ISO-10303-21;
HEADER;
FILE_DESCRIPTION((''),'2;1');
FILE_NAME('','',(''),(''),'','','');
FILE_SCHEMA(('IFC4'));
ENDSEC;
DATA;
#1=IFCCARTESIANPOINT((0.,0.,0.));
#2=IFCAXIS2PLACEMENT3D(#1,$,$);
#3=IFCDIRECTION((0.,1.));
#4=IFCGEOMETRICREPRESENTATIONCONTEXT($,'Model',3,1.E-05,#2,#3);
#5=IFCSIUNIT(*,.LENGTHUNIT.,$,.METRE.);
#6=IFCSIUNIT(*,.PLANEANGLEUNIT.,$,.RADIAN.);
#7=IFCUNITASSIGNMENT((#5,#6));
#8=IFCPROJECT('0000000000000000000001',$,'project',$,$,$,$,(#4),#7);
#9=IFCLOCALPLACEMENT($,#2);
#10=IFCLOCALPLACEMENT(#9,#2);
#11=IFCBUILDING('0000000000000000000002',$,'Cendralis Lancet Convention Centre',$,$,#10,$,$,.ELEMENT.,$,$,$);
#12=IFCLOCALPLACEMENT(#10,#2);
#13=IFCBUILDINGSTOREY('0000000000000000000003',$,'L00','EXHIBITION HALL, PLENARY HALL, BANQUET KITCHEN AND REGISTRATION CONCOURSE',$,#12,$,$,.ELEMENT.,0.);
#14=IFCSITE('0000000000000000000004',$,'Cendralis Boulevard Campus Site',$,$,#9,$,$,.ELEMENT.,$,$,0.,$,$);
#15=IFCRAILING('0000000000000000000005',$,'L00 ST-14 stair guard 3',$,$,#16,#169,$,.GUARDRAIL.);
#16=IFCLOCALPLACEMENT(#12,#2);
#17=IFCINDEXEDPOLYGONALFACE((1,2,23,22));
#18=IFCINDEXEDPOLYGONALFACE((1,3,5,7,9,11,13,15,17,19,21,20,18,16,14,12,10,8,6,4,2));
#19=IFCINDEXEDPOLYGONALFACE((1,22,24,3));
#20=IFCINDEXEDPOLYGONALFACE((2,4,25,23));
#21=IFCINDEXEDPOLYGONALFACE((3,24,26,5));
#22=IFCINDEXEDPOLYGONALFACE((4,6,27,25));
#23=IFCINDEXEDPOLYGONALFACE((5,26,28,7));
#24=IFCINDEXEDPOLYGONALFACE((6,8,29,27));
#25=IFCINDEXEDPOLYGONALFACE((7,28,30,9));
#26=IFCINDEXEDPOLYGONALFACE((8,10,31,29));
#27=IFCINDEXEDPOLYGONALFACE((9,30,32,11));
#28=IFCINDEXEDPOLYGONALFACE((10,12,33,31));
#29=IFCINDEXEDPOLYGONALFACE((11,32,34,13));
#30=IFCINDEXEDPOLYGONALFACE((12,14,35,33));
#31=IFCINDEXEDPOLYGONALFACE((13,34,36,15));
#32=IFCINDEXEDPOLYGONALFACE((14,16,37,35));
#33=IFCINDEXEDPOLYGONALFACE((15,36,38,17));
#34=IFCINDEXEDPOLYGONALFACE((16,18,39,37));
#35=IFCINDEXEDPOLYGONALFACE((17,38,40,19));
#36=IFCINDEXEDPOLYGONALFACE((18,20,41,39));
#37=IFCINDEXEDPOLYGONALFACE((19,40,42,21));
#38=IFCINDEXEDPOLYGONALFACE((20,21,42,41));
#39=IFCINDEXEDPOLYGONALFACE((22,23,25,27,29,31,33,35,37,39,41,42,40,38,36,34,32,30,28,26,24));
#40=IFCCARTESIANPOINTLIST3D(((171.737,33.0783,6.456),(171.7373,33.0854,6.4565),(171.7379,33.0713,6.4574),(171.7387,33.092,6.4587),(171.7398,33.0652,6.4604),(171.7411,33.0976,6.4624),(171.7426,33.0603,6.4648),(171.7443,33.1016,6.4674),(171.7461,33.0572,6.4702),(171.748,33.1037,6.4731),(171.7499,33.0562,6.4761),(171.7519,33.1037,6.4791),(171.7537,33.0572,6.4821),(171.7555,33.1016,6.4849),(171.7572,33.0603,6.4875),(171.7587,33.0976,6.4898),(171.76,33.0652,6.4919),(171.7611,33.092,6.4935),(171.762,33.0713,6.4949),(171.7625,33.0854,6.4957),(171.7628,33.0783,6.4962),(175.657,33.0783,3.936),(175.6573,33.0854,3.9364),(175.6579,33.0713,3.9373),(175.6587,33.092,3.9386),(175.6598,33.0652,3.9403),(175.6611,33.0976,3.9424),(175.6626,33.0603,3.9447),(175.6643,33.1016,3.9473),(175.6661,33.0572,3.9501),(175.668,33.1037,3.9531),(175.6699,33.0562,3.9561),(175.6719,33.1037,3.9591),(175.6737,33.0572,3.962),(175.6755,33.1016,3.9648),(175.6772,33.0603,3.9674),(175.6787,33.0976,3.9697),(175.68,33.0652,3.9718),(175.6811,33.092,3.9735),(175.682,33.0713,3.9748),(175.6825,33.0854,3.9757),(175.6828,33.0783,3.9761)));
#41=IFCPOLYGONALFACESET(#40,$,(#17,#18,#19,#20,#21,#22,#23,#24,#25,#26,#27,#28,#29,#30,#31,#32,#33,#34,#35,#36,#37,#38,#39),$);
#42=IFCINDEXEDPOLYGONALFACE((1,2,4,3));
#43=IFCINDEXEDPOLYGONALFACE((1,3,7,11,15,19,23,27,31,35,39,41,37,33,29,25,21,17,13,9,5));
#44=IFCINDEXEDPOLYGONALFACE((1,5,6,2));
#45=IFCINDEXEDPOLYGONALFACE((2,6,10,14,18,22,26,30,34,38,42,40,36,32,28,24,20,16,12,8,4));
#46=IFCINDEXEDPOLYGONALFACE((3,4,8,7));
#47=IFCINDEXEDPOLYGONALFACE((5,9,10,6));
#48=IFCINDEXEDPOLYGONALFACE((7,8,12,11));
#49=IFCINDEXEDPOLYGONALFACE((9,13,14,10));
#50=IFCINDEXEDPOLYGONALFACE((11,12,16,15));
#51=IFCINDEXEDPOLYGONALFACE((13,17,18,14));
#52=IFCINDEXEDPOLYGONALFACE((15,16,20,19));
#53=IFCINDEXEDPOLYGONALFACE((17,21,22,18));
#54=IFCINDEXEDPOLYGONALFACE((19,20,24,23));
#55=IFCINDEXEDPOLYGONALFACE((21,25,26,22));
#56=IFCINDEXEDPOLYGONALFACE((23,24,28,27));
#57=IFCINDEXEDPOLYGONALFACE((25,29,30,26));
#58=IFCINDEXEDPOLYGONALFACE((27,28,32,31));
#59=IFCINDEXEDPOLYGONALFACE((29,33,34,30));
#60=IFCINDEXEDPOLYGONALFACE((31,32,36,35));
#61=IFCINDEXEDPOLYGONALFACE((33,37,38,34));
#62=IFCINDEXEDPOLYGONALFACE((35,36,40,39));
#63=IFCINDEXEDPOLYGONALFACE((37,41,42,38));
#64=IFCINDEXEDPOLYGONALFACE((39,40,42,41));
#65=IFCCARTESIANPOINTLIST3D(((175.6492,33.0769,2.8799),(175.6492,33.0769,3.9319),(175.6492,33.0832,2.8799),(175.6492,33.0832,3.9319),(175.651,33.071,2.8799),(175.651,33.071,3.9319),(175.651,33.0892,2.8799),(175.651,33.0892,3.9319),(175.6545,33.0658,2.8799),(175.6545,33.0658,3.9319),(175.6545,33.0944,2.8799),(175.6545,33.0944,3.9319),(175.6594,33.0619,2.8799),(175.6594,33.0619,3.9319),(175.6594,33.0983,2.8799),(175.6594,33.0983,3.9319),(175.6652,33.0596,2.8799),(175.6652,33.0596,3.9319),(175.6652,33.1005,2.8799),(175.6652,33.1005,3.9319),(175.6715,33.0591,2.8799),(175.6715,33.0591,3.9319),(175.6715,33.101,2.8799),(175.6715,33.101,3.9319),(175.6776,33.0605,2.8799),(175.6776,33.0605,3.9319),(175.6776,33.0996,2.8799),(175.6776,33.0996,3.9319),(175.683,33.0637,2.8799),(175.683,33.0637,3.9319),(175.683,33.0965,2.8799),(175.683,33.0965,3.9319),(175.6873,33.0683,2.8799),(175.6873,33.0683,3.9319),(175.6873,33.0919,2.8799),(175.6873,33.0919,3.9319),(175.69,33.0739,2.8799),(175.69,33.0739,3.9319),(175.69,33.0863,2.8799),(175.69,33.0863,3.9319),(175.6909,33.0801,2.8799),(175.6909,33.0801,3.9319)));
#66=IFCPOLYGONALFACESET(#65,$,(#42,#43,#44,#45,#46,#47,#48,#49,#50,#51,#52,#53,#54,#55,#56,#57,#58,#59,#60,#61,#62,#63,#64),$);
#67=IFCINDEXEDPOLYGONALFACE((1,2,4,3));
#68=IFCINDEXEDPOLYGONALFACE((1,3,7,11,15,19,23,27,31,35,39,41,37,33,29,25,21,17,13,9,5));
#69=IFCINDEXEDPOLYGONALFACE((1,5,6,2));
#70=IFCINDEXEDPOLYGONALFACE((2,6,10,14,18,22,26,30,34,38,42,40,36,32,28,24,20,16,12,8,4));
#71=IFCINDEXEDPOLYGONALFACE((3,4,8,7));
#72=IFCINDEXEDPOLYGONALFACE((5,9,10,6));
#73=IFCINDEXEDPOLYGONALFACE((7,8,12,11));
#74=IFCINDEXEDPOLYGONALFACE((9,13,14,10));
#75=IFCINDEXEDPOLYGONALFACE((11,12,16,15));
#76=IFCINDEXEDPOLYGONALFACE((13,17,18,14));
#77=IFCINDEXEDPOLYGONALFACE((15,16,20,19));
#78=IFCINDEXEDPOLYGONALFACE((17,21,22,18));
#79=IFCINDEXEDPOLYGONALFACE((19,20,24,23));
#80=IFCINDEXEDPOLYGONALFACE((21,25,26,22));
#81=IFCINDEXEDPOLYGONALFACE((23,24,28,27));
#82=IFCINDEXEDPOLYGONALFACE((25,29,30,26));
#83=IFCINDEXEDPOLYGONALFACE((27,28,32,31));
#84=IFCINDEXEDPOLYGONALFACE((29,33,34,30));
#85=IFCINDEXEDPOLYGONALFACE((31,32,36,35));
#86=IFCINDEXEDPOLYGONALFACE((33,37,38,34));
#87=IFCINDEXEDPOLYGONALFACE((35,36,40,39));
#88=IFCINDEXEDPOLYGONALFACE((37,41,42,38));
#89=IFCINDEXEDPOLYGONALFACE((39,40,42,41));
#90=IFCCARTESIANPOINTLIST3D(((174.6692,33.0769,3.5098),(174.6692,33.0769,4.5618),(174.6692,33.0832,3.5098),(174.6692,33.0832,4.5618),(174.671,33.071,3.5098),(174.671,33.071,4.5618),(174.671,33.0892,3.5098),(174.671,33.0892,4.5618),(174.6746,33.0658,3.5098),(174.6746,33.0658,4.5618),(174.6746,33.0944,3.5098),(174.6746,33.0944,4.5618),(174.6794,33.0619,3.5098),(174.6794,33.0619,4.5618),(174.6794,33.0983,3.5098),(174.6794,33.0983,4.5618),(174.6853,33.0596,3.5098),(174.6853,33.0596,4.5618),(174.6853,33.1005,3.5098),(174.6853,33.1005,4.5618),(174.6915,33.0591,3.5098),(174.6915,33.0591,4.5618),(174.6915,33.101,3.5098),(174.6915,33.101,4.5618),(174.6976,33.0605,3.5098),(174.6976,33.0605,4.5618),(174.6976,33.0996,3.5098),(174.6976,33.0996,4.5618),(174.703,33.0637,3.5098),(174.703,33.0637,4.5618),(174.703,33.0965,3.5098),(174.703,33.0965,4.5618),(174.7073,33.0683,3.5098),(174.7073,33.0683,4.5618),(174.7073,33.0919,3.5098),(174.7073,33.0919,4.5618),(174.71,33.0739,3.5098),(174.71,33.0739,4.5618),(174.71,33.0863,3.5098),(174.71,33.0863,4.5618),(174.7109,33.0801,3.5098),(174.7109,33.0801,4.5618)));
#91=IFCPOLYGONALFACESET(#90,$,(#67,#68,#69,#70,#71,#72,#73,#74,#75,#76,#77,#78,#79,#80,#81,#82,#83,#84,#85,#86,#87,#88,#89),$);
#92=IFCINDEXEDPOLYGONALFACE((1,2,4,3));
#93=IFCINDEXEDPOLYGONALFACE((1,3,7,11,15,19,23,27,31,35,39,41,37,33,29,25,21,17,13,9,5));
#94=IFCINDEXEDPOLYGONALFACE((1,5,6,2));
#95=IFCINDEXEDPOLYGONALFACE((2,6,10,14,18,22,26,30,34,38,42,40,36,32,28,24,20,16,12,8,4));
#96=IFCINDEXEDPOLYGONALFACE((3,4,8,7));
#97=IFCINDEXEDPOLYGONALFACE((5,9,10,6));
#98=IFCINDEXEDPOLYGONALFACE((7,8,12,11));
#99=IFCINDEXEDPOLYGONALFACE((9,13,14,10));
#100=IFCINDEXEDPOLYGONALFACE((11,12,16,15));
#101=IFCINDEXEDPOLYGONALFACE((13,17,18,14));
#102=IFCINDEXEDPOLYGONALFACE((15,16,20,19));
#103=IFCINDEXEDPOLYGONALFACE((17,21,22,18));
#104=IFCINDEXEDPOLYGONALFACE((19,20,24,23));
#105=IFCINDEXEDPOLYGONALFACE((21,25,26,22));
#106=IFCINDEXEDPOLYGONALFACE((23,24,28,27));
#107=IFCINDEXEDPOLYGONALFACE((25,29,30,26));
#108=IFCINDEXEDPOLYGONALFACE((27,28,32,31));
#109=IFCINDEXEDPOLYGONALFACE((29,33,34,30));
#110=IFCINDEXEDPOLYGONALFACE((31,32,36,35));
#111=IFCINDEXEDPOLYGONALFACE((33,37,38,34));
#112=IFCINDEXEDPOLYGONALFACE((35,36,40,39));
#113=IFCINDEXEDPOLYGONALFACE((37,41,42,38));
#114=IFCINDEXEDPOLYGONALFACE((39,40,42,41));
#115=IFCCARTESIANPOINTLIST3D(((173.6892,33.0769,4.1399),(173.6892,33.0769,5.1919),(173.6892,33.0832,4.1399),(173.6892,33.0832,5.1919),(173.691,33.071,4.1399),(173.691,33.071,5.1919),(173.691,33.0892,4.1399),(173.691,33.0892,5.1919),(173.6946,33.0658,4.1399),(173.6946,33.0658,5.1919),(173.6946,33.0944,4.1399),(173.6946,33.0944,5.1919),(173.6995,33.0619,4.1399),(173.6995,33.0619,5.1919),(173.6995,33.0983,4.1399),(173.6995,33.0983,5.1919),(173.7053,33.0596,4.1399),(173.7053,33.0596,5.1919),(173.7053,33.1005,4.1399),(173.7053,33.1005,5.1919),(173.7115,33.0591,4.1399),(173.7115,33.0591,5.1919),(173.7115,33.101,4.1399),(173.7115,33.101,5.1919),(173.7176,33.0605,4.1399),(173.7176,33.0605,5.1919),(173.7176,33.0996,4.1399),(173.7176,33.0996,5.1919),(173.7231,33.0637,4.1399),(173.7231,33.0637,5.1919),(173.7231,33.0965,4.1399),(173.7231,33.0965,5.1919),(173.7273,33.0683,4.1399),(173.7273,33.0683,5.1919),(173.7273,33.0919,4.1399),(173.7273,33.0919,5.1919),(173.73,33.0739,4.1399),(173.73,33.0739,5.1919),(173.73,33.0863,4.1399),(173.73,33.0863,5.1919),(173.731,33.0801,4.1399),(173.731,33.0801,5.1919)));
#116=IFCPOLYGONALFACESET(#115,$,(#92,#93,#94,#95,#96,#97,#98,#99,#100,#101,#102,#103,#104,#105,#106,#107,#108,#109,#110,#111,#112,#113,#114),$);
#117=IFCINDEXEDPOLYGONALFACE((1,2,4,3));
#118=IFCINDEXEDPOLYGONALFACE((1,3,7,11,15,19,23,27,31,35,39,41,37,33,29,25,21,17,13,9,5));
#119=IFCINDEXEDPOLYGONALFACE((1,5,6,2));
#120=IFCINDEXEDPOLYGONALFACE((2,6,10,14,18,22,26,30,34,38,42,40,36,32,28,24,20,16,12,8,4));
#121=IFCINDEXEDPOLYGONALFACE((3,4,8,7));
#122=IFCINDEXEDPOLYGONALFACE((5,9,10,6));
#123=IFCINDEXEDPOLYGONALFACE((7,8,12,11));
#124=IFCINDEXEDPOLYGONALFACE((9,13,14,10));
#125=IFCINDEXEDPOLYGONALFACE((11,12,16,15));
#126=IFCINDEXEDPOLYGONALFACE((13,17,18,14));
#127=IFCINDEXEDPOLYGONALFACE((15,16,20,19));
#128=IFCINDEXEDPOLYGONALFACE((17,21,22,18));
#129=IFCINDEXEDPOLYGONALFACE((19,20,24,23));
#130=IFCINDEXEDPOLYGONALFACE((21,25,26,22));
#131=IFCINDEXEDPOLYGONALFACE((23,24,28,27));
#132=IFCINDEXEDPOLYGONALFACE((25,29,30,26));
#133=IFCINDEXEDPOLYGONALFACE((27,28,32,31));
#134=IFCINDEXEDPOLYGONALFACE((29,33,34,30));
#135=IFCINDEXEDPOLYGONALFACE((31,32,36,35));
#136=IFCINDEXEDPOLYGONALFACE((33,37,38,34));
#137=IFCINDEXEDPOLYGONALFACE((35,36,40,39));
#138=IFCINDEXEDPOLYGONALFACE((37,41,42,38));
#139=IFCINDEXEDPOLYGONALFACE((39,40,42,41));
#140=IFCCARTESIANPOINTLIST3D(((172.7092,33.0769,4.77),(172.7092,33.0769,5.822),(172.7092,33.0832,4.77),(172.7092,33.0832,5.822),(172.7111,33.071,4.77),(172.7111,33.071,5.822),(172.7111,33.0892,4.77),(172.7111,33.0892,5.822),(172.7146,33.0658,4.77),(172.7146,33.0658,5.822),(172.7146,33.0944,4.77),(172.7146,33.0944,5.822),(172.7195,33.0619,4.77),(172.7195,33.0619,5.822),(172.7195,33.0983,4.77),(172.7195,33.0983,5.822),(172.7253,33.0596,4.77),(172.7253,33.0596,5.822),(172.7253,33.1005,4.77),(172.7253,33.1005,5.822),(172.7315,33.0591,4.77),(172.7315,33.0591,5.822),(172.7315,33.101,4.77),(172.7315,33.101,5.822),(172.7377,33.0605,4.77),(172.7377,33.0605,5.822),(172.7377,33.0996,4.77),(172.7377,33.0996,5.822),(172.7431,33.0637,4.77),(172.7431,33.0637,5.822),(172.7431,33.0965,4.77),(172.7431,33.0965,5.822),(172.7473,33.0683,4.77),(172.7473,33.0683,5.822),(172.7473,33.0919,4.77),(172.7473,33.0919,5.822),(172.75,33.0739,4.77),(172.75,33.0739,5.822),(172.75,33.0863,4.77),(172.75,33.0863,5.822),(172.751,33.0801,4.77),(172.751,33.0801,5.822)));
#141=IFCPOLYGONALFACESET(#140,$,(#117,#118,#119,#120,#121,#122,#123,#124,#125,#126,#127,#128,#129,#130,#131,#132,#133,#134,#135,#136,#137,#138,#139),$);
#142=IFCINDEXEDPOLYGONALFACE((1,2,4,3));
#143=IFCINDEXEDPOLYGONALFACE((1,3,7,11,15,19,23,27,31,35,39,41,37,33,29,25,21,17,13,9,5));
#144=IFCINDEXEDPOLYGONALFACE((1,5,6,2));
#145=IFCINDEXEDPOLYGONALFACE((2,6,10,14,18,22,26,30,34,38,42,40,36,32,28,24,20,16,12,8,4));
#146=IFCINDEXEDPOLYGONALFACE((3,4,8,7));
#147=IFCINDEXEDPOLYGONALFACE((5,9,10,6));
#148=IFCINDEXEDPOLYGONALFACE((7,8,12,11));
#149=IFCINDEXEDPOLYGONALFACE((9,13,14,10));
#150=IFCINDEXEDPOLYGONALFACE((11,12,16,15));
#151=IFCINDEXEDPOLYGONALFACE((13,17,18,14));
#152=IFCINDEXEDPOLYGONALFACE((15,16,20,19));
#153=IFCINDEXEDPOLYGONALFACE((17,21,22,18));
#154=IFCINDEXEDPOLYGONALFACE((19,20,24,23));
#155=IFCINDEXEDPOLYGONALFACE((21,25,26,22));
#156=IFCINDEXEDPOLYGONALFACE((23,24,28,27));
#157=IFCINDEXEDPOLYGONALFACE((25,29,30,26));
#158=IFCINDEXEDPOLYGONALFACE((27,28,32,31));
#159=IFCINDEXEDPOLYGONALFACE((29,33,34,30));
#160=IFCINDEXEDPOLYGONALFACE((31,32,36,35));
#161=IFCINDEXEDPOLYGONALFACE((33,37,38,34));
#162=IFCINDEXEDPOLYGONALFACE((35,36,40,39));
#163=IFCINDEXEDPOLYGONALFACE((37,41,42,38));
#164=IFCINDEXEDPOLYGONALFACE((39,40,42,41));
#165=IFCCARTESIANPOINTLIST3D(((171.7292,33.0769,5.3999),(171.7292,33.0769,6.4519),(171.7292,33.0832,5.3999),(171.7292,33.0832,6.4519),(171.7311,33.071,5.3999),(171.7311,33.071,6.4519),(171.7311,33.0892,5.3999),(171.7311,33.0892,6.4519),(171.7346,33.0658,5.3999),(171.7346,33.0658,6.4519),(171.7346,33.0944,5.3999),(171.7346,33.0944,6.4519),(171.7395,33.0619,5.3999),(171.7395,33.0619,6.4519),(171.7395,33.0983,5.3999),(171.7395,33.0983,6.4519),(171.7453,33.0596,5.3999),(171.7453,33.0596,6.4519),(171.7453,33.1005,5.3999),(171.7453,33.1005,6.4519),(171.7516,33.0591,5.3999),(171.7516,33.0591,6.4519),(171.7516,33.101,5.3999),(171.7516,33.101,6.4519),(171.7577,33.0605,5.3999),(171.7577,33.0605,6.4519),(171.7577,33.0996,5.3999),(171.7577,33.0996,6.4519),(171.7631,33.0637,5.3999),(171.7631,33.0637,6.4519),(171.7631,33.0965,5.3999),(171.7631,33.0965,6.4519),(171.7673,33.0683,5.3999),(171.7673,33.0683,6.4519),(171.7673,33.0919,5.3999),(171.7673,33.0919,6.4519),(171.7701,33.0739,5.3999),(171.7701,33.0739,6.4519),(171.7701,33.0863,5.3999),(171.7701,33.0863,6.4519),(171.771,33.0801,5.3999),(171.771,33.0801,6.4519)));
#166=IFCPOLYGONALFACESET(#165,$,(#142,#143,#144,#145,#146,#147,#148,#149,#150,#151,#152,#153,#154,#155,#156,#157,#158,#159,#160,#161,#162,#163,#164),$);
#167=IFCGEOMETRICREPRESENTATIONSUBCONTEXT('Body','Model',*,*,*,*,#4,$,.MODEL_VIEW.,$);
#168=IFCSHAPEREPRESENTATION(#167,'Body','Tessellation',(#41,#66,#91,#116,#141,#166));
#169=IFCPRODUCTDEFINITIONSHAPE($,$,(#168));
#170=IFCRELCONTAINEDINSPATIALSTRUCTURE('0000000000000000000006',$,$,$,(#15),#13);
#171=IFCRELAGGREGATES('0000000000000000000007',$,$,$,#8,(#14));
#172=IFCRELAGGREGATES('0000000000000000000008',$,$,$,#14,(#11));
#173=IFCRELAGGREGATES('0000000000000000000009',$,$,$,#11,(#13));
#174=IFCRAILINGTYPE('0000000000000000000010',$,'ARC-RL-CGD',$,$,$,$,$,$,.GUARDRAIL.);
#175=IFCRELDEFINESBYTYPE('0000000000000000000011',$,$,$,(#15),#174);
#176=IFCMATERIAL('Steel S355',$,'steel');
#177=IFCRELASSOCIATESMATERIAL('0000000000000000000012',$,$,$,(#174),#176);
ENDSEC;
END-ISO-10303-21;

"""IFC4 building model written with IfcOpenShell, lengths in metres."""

from ifc_helpers import new_model, si_unit, direction, frame, origin, origin_2d, place, context, subcontext, project, spatial, circle, extrude, material, type_object, element, save


model = new_model("IFC4")

# Units and contexts
model_context = context("Model", 3, precision=1e-05, world=origin(), true_north=direction((0.0, 1.0)))
body_context = subcontext(model_context, "Body", "Model", "MODEL_VIEW")
ifc_project = project(units=[si_unit("LENGTHUNIT", "METRE"), si_unit("PLANEANGLEUNIT", "RADIAN")], contexts=[model_context])

# Site, building, storey
site_placement = place(None, origin())
site = spatial("IfcSite", under=ifc_project, at=site_placement, Name="Cendralis Boulevard Campus Site", CompositionType="ELEMENT", RefElevation=0.0)
building_placement = place(site_placement, origin())
building = spatial("IfcBuilding", under=site, at=building_placement, Name="Cendralis Lancet Convention Centre", CompositionType="ELEMENT")
storey_placement = place(building_placement, origin())
storey = spatial("IfcBuildingStorey", under=building, at=storey_placement, Name="L00", Description="EXHIBITION HALL, PLENARY HALL, BANQUET KITCHEN AND REGISTRATION CONCOURSE", CompositionType="ELEMENT", Elevation=0.0)

# Shared definitions
ifc_material_1 = material(Name="Steel S355", Category="steel")

# Railing
railing_type_1 = type_object("IfcRailingType", Name="ARC-RL-CGD", PredefinedType="GUARDRAIL", material=ifc_material_1)
railing_1_placement = place(storey_placement, frame((175.6699, 33.0801, 2.8799)))
element("IfcRailing", 1, at=railing_1_placement, inside=storey, type_object=railing_type_1, Name="L00 ST-14 stair guard 3", PredefinedType="GUARDRAIL", context=body_context, shape_type="SweptSolid", body=[
    extrude(circle(Radius=0.0239, at=origin_2d()), frame((0.0, 0.0, 1.0762), z_axis=(-0.841172, 0.0, 0.540768), x_axis=(0.0, -1.0, 0.0)), (0.0, 0.0, 1.0), 4.6602),
    extrude(circle(Radius=0.021, at=origin_2d()), origin(), (0.0, 0.0, 1.0), 1.052),
    extrude(circle(Radius=0.021, at=origin_2d()), frame((-0.98, 0.0, 0.6299)), (0.0, 0.0, 1.0), 1.052),
    extrude(circle(Radius=0.021, at=origin_2d()), frame((-1.96, 0.0, 1.26)), (0.0, 0.0, 1.0), 1.052),
    extrude(circle(Radius=0.021, at=origin_2d()), frame((-2.9399, 0.0, 1.8901)), (0.0, 0.0, 1.0), 1.052),
    extrude(circle(Radius=0.021, at=origin_2d()), frame((-3.9199, 0.0, 2.52)), (0.0, 0.0, 1.0), 1.052),
])

save(model, "model.ifc")
